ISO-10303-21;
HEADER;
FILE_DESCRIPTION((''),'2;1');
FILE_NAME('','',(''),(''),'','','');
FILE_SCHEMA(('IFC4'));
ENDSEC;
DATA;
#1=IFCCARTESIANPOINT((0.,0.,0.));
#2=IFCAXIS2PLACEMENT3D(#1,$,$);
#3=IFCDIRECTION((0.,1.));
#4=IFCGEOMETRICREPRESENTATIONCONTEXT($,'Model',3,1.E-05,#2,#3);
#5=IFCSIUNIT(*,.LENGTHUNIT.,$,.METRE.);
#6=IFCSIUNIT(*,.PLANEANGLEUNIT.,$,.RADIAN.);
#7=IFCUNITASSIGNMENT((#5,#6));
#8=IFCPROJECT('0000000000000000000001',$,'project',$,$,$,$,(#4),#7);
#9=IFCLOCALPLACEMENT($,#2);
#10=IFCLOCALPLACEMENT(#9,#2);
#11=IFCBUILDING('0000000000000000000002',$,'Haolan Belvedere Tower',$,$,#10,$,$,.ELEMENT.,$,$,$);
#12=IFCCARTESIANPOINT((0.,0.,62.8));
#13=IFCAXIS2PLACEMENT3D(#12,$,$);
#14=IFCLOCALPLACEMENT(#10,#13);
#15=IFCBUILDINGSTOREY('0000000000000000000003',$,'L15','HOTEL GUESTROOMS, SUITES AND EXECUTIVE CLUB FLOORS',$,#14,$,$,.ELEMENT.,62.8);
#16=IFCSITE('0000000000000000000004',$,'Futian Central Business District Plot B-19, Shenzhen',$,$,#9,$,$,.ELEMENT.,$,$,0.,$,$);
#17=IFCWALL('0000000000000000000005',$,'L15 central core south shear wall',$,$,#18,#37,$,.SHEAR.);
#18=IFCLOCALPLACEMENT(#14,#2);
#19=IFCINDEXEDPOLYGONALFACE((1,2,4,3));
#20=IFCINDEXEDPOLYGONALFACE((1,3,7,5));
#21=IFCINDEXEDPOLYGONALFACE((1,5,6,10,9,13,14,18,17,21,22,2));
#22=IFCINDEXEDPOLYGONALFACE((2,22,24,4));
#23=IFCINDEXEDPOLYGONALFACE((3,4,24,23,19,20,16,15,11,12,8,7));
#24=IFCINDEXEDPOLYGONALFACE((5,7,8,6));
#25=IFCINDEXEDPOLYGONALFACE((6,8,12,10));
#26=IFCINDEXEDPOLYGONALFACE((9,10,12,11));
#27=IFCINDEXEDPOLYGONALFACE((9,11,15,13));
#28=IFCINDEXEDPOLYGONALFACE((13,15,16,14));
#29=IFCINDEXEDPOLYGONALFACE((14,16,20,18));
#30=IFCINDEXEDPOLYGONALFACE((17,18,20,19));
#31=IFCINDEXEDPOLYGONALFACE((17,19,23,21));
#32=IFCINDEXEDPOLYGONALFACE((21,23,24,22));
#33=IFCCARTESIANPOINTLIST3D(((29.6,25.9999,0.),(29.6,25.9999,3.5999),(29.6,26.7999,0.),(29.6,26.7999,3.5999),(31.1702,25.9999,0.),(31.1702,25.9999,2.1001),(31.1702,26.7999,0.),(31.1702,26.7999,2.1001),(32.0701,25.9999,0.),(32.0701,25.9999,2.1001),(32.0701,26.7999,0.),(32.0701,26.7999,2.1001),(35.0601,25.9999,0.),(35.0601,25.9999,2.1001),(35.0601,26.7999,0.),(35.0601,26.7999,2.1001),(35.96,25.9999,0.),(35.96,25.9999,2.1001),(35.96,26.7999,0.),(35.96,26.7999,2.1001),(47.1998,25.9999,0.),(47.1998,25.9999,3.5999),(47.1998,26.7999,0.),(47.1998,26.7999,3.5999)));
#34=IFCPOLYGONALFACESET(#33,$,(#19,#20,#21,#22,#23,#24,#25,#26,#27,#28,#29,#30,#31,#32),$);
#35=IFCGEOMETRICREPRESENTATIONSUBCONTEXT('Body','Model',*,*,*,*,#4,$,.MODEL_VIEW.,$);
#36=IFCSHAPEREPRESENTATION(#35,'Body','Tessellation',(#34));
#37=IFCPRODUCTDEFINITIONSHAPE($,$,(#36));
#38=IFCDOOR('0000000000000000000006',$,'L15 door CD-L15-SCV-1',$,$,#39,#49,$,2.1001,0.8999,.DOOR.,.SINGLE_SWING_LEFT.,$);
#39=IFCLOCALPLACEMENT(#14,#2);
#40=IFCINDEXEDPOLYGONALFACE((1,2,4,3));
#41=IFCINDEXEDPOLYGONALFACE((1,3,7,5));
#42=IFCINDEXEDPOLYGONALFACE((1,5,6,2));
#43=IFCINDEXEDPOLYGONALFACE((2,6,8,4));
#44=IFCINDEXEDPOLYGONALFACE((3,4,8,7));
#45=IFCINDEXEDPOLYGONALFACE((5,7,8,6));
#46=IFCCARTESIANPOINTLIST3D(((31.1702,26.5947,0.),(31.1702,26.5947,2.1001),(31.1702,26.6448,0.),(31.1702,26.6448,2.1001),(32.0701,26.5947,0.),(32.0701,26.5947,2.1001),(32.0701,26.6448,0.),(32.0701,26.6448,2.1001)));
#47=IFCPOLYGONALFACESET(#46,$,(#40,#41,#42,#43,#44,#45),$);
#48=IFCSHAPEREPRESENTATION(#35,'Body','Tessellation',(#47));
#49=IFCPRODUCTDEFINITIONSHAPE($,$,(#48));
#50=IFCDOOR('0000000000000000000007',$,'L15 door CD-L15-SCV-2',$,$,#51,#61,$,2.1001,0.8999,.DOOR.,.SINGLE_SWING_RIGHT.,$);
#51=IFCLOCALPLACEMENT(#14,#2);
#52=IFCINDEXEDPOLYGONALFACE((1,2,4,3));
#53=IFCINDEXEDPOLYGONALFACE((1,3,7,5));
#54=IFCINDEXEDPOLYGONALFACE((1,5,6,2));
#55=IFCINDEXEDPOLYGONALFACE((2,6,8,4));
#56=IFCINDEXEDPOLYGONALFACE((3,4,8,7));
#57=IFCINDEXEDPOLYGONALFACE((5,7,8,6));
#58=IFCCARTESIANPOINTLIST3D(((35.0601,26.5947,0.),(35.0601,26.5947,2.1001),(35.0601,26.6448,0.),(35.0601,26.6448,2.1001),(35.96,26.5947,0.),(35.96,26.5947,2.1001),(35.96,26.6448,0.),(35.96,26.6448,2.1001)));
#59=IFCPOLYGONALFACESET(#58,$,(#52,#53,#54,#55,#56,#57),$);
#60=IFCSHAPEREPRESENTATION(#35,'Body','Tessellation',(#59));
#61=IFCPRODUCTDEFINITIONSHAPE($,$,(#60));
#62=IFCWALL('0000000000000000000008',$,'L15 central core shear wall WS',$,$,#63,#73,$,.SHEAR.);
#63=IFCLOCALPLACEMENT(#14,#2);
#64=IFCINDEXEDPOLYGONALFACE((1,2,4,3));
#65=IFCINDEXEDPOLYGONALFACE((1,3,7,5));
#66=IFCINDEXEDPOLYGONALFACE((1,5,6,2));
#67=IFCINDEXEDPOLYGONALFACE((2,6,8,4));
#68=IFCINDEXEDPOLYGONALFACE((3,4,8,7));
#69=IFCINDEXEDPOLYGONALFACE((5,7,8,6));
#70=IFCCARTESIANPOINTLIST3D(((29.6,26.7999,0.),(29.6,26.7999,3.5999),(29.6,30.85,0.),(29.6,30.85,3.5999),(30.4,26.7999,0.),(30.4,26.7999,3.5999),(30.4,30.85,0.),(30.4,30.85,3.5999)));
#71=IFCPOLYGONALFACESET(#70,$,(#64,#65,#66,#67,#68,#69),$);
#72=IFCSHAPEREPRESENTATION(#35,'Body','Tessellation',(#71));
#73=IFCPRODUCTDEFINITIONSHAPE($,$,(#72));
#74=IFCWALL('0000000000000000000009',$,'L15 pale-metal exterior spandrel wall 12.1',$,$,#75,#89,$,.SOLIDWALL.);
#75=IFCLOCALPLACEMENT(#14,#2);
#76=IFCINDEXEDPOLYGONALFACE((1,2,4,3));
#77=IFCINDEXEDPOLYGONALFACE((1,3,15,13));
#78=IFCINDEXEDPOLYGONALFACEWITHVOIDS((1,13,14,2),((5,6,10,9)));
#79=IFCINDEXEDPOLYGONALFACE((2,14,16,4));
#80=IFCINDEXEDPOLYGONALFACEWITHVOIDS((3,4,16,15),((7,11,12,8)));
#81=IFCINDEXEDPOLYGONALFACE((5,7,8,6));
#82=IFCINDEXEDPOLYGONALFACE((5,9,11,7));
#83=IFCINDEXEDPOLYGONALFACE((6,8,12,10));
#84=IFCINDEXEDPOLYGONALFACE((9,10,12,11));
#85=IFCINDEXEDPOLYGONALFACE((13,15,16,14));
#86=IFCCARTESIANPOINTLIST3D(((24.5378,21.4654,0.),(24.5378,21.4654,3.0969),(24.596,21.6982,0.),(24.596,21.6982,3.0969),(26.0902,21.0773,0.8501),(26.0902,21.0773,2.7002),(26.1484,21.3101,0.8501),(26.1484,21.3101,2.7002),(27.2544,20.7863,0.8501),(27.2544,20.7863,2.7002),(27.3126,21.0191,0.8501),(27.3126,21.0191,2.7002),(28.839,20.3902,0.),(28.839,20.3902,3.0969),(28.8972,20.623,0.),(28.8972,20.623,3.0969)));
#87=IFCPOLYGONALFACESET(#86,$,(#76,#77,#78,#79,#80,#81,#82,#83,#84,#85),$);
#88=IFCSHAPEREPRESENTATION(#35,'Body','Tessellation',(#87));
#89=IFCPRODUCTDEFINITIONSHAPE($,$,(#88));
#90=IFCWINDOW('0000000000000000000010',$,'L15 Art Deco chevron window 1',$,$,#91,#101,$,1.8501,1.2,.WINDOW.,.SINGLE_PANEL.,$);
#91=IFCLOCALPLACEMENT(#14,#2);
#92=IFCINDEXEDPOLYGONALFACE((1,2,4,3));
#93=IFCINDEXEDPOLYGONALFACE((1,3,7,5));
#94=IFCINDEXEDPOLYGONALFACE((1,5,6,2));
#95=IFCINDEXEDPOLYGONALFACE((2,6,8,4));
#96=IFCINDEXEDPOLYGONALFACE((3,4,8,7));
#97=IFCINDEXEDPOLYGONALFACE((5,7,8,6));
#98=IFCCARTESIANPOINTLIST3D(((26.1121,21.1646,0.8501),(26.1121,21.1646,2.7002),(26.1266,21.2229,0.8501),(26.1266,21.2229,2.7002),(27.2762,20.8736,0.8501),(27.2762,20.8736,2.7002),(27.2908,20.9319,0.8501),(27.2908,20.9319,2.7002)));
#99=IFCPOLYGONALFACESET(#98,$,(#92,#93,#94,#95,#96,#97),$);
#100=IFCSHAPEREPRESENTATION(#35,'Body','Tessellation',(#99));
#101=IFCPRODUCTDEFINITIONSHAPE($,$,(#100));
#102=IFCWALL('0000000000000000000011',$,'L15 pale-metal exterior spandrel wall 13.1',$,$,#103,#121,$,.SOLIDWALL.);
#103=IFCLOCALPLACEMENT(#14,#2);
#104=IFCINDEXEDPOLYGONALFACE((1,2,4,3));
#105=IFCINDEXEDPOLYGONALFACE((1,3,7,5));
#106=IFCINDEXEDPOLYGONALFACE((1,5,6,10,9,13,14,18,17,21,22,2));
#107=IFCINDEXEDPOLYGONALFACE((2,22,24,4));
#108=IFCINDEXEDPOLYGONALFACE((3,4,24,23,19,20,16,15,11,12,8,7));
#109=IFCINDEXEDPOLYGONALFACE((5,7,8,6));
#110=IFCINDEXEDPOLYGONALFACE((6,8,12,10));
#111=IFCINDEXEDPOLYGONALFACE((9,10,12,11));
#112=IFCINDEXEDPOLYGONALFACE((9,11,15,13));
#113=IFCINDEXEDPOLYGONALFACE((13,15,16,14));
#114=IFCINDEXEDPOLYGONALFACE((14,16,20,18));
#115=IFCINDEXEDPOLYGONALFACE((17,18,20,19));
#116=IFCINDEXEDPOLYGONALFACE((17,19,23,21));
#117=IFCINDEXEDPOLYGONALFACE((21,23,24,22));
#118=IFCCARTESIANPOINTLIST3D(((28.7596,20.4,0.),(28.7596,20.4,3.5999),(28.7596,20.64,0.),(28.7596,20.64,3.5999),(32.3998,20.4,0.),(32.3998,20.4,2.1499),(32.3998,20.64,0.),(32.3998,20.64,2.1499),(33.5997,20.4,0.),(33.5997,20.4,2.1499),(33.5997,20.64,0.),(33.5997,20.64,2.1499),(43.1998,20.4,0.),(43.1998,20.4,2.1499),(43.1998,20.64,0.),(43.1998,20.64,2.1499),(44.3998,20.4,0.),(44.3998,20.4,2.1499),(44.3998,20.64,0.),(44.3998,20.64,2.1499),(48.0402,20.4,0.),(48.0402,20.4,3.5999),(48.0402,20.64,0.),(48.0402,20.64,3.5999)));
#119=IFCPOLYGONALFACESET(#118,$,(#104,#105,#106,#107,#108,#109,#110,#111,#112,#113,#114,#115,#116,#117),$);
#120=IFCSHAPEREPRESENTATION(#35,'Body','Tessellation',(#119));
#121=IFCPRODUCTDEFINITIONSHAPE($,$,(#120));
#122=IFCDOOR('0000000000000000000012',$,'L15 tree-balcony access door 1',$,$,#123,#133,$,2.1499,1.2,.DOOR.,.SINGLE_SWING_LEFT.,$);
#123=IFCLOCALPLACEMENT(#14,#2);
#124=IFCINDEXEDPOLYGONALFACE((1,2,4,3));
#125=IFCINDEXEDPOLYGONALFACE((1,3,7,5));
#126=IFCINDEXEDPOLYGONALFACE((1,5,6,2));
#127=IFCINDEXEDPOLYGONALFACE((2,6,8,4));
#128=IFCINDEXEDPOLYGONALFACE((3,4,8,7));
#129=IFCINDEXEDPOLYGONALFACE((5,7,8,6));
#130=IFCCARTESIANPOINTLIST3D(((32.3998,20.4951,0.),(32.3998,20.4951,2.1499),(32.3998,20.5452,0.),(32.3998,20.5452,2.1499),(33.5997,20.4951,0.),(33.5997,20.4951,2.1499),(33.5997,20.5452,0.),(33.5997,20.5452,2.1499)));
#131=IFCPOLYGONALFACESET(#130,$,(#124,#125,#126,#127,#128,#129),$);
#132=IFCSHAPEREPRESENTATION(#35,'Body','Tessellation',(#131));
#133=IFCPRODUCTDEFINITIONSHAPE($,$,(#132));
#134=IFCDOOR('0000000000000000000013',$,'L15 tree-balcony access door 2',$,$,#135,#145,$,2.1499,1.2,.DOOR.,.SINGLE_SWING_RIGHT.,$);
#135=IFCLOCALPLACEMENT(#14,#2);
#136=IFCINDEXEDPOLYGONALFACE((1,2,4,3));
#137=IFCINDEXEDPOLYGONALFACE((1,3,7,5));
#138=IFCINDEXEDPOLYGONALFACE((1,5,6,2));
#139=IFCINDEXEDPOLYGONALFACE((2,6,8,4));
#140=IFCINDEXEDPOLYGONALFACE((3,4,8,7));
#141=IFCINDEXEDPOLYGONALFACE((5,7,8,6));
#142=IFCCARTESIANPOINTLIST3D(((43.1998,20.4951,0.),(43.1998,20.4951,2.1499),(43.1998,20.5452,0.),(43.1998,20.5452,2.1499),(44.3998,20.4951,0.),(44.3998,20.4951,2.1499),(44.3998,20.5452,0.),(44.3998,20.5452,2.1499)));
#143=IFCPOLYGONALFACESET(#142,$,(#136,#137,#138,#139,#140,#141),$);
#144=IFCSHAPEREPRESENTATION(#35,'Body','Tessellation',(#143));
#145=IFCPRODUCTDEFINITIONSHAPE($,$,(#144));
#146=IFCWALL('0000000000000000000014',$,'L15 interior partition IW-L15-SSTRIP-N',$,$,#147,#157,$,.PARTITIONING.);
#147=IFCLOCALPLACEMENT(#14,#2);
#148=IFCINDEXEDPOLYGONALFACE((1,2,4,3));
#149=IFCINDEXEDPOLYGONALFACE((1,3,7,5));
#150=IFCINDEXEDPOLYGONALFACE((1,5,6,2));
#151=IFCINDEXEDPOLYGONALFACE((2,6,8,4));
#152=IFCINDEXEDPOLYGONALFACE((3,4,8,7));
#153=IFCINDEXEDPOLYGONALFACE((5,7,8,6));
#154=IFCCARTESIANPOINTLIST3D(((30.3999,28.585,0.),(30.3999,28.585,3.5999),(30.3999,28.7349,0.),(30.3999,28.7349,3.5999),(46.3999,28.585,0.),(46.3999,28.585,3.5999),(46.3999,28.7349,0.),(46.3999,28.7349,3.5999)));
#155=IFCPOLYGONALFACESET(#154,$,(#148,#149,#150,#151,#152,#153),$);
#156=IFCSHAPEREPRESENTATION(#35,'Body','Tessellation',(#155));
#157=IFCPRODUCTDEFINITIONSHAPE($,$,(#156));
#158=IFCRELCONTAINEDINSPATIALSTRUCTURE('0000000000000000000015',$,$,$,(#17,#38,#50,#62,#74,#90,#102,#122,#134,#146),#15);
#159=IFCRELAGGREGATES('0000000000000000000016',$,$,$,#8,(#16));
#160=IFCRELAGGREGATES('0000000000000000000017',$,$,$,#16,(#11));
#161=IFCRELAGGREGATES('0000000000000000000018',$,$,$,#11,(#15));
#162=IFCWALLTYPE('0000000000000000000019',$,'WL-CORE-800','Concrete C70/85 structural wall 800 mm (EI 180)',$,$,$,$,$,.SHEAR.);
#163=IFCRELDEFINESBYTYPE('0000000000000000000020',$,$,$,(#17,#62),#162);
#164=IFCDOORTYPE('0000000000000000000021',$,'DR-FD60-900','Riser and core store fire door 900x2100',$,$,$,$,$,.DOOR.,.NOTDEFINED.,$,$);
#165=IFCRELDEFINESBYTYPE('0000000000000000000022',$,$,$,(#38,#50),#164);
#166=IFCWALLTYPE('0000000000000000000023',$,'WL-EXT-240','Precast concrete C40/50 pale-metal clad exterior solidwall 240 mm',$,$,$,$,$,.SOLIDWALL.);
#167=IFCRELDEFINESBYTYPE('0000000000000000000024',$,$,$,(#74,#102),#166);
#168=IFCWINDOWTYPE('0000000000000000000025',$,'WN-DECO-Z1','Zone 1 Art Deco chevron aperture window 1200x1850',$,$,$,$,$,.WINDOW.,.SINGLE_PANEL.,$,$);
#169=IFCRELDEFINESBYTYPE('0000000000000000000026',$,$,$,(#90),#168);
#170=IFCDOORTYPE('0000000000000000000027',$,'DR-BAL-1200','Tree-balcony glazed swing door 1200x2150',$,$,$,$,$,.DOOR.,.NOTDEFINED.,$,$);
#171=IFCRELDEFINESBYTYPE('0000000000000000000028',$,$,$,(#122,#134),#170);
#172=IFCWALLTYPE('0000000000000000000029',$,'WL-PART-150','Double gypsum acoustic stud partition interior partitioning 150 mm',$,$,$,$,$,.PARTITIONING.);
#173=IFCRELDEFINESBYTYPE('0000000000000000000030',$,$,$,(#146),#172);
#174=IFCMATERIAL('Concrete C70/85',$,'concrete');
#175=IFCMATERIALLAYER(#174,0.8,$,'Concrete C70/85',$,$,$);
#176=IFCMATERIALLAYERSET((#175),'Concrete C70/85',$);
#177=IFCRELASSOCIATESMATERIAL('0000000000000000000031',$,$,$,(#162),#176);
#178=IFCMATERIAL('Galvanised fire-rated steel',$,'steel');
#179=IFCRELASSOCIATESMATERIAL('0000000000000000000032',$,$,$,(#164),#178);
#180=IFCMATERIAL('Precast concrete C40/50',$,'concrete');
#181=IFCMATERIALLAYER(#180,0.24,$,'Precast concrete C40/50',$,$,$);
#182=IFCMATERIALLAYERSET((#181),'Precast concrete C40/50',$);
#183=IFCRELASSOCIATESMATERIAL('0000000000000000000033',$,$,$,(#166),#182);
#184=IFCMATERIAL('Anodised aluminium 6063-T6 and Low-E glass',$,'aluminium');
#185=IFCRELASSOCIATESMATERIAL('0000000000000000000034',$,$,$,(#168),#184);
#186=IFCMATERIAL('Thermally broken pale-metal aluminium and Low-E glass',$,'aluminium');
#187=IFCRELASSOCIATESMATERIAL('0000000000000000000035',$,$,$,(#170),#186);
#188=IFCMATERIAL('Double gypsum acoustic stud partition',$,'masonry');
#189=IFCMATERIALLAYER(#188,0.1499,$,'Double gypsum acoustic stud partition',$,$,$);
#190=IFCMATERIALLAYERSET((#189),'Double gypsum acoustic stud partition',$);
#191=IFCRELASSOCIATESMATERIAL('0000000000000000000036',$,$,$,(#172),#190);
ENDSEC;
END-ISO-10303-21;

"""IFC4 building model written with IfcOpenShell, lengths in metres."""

from ifc_helpers import new_model, si_unit, direction, frame, frame_2d, origin, place, context, subcontext, project, spatial, rectangle, extrude, material, layer, layer_set, type_object, element, fill, save


model = new_model("IFC4")

# Units and contexts
model_context = context("Model", 3, precision=1e-05, world=origin(), true_north=direction((0.0, 1.0)))
body_context = subcontext(model_context, "Body", "Model", "MODEL_VIEW")
ifc_project = project(units=[si_unit("LENGTHUNIT", "METRE"), si_unit("PLANEANGLEUNIT", "RADIAN")], contexts=[model_context])

# Site, building, storey
site_placement = place(None, origin())
site = spatial("IfcSite", under=ifc_project, at=site_placement, Name="Futian Central Business District Plot B-19, Shenzhen", CompositionType="ELEMENT", RefElevation=0.0)
building_placement = place(site_placement, origin())
building = spatial("IfcBuilding", under=site, at=building_placement, Name="Haolan Belvedere Tower", CompositionType="ELEMENT")
storey_placement = place(building_placement, frame((0.0, 0.0, 62.8)))
storey = spatial("IfcBuildingStorey", under=building, at=storey_placement, Name="L15", Description="HOTEL GUESTROOMS, SUITES AND EXECUTIVE CLUB FLOORS", CompositionType="ELEMENT", Elevation=62.8)

# Wall, openings, doors
ifc_material_1 = material(Name="Concrete C70/85", Category="concrete")
ifc_layer_1 = layer(ifc_material_1, 0.8, Name="Concrete C70/85")
ifc_layer_set_1 = layer_set([ifc_layer_1], Name="Concrete C70/85")
wall_type_1 = type_object("IfcWallType", Name="WL-CORE-800", Description="Concrete C70/85 structural wall 800 mm (EI 180)", PredefinedType="SHEAR", material=ifc_layer_set_1)
wall_1_placement = place(storey_placement, frame((29.6001, 26.3999, 0.0), z_axis=(0.0, 0.0, 1.0), x_axis=(1.0, 0.0, 0.0)))
wall_1 = element("IfcWall", 1, at=wall_1_placement, inside=storey, type_object=wall_type_1, Name="L15 central core south shear wall", PredefinedType="SHEAR", context=body_context, shape_type="SweptSolid", body=[
    extrude(rectangle(XDim=17.5999, YDim=0.8, at=frame_2d((8.7998, 0.0))), origin(), (0.0, 0.0, 1.0), 3.5999),
])
opening_1_placement = place(wall_1_placement, frame((2.47, 0.0, 0.0), z_axis=(0.0, 0.0, 1.0), x_axis=(-1.0, 0.0, 0.0)))
opening_1 = element("IfcOpeningElement", 2, at=opening_1_placement, cuts=wall_1, PredefinedType="OPENING", context=body_context, shape_type="SweptSolid", body=[
    extrude(rectangle(XDim=0.8999, YDim=2.1001, at=frame_2d((0.45, 1.05))), frame((0.0, 0.4099, 0.0), z_axis=(0.0, -1.0, 0.0), x_axis=(1.0, 0.0, 0.0)), (0.0, 0.0, 1.0), 0.8201),
])
opening_2_placement = place(wall_1_placement, frame((6.3599, 0.0, 0.0), z_axis=(0.0, 0.0, 1.0), x_axis=(-1.0, 0.0, 0.0)))
opening_2 = element("IfcOpeningElement", 3, at=opening_2_placement, cuts=wall_1, PredefinedType="OPENING", context=body_context, shape_type="SweptSolid", body=[
    extrude(rectangle(XDim=0.8999, YDim=2.1001, at=frame_2d((0.45, 1.05))), frame((0.0, 0.4099, 0.0), z_axis=(0.0, -1.0, 0.0), x_axis=(1.0, 0.0, 0.0)), (0.0, 0.0, 1.0), 0.8201),
])
ifc_material_2 = material(Name="Galvanised fire-rated steel", Category="steel")
door_type_1 = type_object("IfcDoorType", Name="DR-FD60-900", Description="Riser and core store fire door 900x2100", OperationType="NOTDEFINED", PredefinedType="DOOR", material=ifc_material_2)
door_1_placement = place(opening_1_placement, origin())
door_1 = element("IfcDoor", 4, at=door_1_placement, inside=storey, type_object=door_type_1, Name="L15 door CD-L15-SCV-1", OperationType="SINGLE_SWING_LEFT", OverallHeight=2.1001, OverallWidth=0.8999, PredefinedType="DOOR", context=body_context, shape_type="SweptSolid", body=[
    extrude(rectangle(XDim=0.8999, YDim=2.1001, at=frame_2d((0.45, 1.05))), frame((0.0, -0.1948, 0.0), z_axis=(0.0, -1.0, 0.0), x_axis=(1.0, 0.0, 0.0)), (0.0, 0.0, 1.0), 0.05),
])
fill(opening_1, door_1)
door_2_placement = place(opening_2_placement, origin())
door_2 = element("IfcDoor", 5, at=door_2_placement, inside=storey, type_object=door_type_1, Name="L15 door CD-L15-SCV-2", OperationType="SINGLE_SWING_RIGHT", OverallHeight=2.1001, OverallWidth=0.8999, PredefinedType="DOOR", context=body_context, shape_type="SweptSolid", body=[
    extrude(rectangle(XDim=0.8999, YDim=2.1001, at=frame_2d((0.45, 1.05))), frame((0.0, -0.1948, 0.0), z_axis=(0.0, -1.0, 0.0), x_axis=(1.0, 0.0, 0.0)), (0.0, 0.0, 1.0), 0.05),
])
fill(opening_2, door_2)

# Wall
wall_2_placement = place(storey_placement, frame((30.0, 26.8, 0.0), z_axis=(0.0, 0.0, 1.0), x_axis=(0.0, 1.0, 0.0)))
element("IfcWall", 6, at=wall_2_placement, inside=storey, type_object=wall_type_1, Name="L15 central core shear wall WS", PredefinedType="SHEAR", context=body_context, shape_type="SweptSolid", body=[
    extrude(rectangle(XDim=4.05, YDim=0.8, at=frame_2d((2.0249, 0.0))), origin(), (0.0, 0.0, 1.0), 3.5999),
])

# Wall, opening, window
ifc_material_3 = material(Name="Precast concrete C40/50", Category="concrete")
ifc_layer_2 = layer(ifc_material_3, 0.24, Name="Precast concrete C40/50")
ifc_layer_set_2 = layer_set([ifc_layer_2], Name="Precast concrete C40/50")
wall_type_2 = type_object("IfcWallType", Name="WL-EXT-240", Description="Precast concrete C40/50 pale-metal clad exterior solidwall 240 mm", PredefinedType="SOLIDWALL", material=ifc_layer_set_2)
wall_3_placement = place(storey_placement, frame((24.5669, 21.5818, 0.0), z_axis=(0.0, 0.0, 1.0), x_axis=(0.970149, -0.24251, 0.0)))
wall_3 = element("IfcWall", 7, at=wall_3_placement, inside=storey, type_object=wall_type_2, Name="L15 pale-metal exterior spandrel wall 12.1", PredefinedType="SOLIDWALL", context=body_context, shape_type="SweptSolid", body=[
    extrude(rectangle(XDim=4.4336, YDim=0.24, at=frame_2d((2.2168, 0.0))), origin(), (0.0, 0.0, 1.0), 3.0969),
])
opening_3_placement = place(wall_3_placement, frame((1.6001, 0.0, 0.8501)))
opening_3 = element("IfcOpeningElement", 8, at=opening_3_placement, cuts=wall_3, PredefinedType="OPENING", context=body_context, shape_type="SweptSolid", body=[
    extrude(rectangle(XDim=1.2, YDim=1.8501, at=frame_2d((0.6001, 0.925))), frame((0.0, 0.1299, 0.0), z_axis=(0.0, -1.0, 0.0), x_axis=(1.0, 0.0, 0.0)), (0.0, 0.0, 1.0), 0.26),
])
ifc_material_4 = material(Name="Anodised aluminium 6063-T6 and Low-E glass", Category="aluminium")
window_type = type_object("IfcWindowType", Name="WN-DECO-Z1", Description="Zone 1 Art Deco chevron aperture window 1200x1850", PartitioningType="SINGLE_PANEL", PredefinedType="WINDOW", material=ifc_material_4)
window_placement = place(opening_3_placement, origin())
window = element("IfcWindow", 9, at=window_placement, inside=storey, type_object=window_type, Name="L15 Art Deco chevron window 1", OverallHeight=1.8501, OverallWidth=1.2, PartitioningType="SINGLE_PANEL", PredefinedType="WINDOW", context=body_context, shape_type="SweptSolid", body=[
    extrude(rectangle(XDim=1.2, YDim=1.8501, at=frame_2d((0.6001, 0.925))), frame((0.0, 0.03, 0.0), z_axis=(0.0, -1.0, 0.0), x_axis=(1.0, 0.0, 0.0)), (0.0, 0.0, 1.0), 0.0601),
])
fill(opening_3, window)

# Wall, openings, doors
wall_4_placement = place(storey_placement, frame((28.7598, 20.52, 0.0), z_axis=(0.0, 0.0, 1.0), x_axis=(1.0, 0.0, 0.0)))
wall_4 = element("IfcWall", 10, at=wall_4_placement, inside=storey, type_object=wall_type_2, Name="L15 pale-metal exterior spandrel wall 13.1", PredefinedType="SOLIDWALL", context=body_context, shape_type="SweptSolid", body=[
    extrude(rectangle(XDim=19.2805, YDim=0.24, at=frame_2d((9.6401, 0.0))), origin(), (0.0, 0.0, 1.0), 3.5999),
])
opening_4_placement = place(wall_4_placement, frame((4.8401, 0.0, 0.0), z_axis=(0.0, 0.0, 1.0), x_axis=(-1.0, 0.0, 0.0)))
opening_4 = element("IfcOpeningElement", 11, at=opening_4_placement, cuts=wall_4, PredefinedType="OPENING", context=body_context, shape_type="SweptSolid", body=[
    extrude(rectangle(XDim=1.2, YDim=2.1499, at=frame_2d((0.6001, 1.075))), frame((0.0, 0.1299, 0.0), z_axis=(0.0, -1.0, 0.0), x_axis=(1.0, 0.0, 0.0)), (0.0, 0.0, 1.0), 0.26),
])
opening_5_placement = place(wall_4_placement, frame((15.6401, 0.0, 0.0), z_axis=(0.0, 0.0, 1.0), x_axis=(-1.0, 0.0, 0.0)))
opening_5 = element("IfcOpeningElement", 12, at=opening_5_placement, cuts=wall_4, PredefinedType="OPENING", context=body_context, shape_type="SweptSolid", body=[
    extrude(rectangle(XDim=1.2, YDim=2.1499, at=frame_2d((0.6001, 1.075))), frame((0.0, 0.1299, 0.0), z_axis=(0.0, -1.0, 0.0), x_axis=(1.0, 0.0, 0.0)), (0.0, 0.0, 1.0), 0.26),
])
ifc_material_5 = material(Name="Thermally broken pale-metal aluminium and Low-E glass", Category="aluminium")
door_type_2 = type_object("IfcDoorType", Name="DR-BAL-1200", Description="Tree-balcony glazed swing door 1200x2150", OperationType="NOTDEFINED", PredefinedType="DOOR", material=ifc_material_5)
door_3_placement = place(opening_4_placement, origin())
door_3 = element("IfcDoor", 13, at=door_3_placement, inside=storey, type_object=door_type_2, Name="L15 tree-balcony access door 1", OperationType="SINGLE_SWING_LEFT", OverallHeight=2.1499, OverallWidth=1.2, PredefinedType="DOOR", context=body_context, shape_type="SweptSolid", body=[
    extrude(rectangle(XDim=1.2, YDim=2.1499, at=frame_2d((0.6001, 1.075))), frame((0.0, 0.0249, 0.0), z_axis=(0.0, -1.0, 0.0), x_axis=(1.0, 0.0, 0.0)), (0.0, 0.0, 1.0), 0.05),
])
fill(opening_4, door_3)
door_4_placement = place(opening_5_placement, origin())
door_4 = element("IfcDoor", 14, at=door_4_placement, inside=storey, type_object=door_type_2, Name="L15 tree-balcony access door 2", OperationType="SINGLE_SWING_RIGHT", OverallHeight=2.1499, OverallWidth=1.2, PredefinedType="DOOR", context=body_context, shape_type="SweptSolid", body=[
    extrude(rectangle(XDim=1.2, YDim=2.1499, at=frame_2d((0.6001, 1.075))), frame((0.0, 0.0249, 0.0), z_axis=(0.0, -1.0, 0.0), x_axis=(1.0, 0.0, 0.0)), (0.0, 0.0, 1.0), 0.05),
])
fill(opening_5, door_4)

# Wall
ifc_material_6 = material(Name="Double gypsum acoustic stud partition", Category="masonry")
ifc_layer_3 = layer(ifc_material_6, 0.1499, Name="Double gypsum acoustic stud partition")
ifc_layer_set_3 = layer_set([ifc_layer_3], Name="Double gypsum acoustic stud partition")
wall_type_3 = type_object("IfcWallType", Name="WL-PART-150", Description="Double gypsum acoustic stud partition interior partitioning 150 mm", PredefinedType="PARTITIONING", material=ifc_layer_set_3)
wall_5_placement = place(storey_placement, frame((30.3999, 28.6599, 0.0), z_axis=(0.0, 0.0, 1.0), x_axis=(1.0, 0.0, 0.0)))
element("IfcWall", 15, at=wall_5_placement, inside=storey, type_object=wall_type_3, Name="L15 interior partition IW-L15-SSTRIP-N", PredefinedType="PARTITIONING", context=body_context, shape_type="SweptSolid", body=[
    extrude(rectangle(XDim=16.0, YDim=0.1499, at=frame_2d((8.0, 0.0))), origin(), (0.0, 0.0, 1.0), 3.5999),
])

save(model, "model.ifc")
